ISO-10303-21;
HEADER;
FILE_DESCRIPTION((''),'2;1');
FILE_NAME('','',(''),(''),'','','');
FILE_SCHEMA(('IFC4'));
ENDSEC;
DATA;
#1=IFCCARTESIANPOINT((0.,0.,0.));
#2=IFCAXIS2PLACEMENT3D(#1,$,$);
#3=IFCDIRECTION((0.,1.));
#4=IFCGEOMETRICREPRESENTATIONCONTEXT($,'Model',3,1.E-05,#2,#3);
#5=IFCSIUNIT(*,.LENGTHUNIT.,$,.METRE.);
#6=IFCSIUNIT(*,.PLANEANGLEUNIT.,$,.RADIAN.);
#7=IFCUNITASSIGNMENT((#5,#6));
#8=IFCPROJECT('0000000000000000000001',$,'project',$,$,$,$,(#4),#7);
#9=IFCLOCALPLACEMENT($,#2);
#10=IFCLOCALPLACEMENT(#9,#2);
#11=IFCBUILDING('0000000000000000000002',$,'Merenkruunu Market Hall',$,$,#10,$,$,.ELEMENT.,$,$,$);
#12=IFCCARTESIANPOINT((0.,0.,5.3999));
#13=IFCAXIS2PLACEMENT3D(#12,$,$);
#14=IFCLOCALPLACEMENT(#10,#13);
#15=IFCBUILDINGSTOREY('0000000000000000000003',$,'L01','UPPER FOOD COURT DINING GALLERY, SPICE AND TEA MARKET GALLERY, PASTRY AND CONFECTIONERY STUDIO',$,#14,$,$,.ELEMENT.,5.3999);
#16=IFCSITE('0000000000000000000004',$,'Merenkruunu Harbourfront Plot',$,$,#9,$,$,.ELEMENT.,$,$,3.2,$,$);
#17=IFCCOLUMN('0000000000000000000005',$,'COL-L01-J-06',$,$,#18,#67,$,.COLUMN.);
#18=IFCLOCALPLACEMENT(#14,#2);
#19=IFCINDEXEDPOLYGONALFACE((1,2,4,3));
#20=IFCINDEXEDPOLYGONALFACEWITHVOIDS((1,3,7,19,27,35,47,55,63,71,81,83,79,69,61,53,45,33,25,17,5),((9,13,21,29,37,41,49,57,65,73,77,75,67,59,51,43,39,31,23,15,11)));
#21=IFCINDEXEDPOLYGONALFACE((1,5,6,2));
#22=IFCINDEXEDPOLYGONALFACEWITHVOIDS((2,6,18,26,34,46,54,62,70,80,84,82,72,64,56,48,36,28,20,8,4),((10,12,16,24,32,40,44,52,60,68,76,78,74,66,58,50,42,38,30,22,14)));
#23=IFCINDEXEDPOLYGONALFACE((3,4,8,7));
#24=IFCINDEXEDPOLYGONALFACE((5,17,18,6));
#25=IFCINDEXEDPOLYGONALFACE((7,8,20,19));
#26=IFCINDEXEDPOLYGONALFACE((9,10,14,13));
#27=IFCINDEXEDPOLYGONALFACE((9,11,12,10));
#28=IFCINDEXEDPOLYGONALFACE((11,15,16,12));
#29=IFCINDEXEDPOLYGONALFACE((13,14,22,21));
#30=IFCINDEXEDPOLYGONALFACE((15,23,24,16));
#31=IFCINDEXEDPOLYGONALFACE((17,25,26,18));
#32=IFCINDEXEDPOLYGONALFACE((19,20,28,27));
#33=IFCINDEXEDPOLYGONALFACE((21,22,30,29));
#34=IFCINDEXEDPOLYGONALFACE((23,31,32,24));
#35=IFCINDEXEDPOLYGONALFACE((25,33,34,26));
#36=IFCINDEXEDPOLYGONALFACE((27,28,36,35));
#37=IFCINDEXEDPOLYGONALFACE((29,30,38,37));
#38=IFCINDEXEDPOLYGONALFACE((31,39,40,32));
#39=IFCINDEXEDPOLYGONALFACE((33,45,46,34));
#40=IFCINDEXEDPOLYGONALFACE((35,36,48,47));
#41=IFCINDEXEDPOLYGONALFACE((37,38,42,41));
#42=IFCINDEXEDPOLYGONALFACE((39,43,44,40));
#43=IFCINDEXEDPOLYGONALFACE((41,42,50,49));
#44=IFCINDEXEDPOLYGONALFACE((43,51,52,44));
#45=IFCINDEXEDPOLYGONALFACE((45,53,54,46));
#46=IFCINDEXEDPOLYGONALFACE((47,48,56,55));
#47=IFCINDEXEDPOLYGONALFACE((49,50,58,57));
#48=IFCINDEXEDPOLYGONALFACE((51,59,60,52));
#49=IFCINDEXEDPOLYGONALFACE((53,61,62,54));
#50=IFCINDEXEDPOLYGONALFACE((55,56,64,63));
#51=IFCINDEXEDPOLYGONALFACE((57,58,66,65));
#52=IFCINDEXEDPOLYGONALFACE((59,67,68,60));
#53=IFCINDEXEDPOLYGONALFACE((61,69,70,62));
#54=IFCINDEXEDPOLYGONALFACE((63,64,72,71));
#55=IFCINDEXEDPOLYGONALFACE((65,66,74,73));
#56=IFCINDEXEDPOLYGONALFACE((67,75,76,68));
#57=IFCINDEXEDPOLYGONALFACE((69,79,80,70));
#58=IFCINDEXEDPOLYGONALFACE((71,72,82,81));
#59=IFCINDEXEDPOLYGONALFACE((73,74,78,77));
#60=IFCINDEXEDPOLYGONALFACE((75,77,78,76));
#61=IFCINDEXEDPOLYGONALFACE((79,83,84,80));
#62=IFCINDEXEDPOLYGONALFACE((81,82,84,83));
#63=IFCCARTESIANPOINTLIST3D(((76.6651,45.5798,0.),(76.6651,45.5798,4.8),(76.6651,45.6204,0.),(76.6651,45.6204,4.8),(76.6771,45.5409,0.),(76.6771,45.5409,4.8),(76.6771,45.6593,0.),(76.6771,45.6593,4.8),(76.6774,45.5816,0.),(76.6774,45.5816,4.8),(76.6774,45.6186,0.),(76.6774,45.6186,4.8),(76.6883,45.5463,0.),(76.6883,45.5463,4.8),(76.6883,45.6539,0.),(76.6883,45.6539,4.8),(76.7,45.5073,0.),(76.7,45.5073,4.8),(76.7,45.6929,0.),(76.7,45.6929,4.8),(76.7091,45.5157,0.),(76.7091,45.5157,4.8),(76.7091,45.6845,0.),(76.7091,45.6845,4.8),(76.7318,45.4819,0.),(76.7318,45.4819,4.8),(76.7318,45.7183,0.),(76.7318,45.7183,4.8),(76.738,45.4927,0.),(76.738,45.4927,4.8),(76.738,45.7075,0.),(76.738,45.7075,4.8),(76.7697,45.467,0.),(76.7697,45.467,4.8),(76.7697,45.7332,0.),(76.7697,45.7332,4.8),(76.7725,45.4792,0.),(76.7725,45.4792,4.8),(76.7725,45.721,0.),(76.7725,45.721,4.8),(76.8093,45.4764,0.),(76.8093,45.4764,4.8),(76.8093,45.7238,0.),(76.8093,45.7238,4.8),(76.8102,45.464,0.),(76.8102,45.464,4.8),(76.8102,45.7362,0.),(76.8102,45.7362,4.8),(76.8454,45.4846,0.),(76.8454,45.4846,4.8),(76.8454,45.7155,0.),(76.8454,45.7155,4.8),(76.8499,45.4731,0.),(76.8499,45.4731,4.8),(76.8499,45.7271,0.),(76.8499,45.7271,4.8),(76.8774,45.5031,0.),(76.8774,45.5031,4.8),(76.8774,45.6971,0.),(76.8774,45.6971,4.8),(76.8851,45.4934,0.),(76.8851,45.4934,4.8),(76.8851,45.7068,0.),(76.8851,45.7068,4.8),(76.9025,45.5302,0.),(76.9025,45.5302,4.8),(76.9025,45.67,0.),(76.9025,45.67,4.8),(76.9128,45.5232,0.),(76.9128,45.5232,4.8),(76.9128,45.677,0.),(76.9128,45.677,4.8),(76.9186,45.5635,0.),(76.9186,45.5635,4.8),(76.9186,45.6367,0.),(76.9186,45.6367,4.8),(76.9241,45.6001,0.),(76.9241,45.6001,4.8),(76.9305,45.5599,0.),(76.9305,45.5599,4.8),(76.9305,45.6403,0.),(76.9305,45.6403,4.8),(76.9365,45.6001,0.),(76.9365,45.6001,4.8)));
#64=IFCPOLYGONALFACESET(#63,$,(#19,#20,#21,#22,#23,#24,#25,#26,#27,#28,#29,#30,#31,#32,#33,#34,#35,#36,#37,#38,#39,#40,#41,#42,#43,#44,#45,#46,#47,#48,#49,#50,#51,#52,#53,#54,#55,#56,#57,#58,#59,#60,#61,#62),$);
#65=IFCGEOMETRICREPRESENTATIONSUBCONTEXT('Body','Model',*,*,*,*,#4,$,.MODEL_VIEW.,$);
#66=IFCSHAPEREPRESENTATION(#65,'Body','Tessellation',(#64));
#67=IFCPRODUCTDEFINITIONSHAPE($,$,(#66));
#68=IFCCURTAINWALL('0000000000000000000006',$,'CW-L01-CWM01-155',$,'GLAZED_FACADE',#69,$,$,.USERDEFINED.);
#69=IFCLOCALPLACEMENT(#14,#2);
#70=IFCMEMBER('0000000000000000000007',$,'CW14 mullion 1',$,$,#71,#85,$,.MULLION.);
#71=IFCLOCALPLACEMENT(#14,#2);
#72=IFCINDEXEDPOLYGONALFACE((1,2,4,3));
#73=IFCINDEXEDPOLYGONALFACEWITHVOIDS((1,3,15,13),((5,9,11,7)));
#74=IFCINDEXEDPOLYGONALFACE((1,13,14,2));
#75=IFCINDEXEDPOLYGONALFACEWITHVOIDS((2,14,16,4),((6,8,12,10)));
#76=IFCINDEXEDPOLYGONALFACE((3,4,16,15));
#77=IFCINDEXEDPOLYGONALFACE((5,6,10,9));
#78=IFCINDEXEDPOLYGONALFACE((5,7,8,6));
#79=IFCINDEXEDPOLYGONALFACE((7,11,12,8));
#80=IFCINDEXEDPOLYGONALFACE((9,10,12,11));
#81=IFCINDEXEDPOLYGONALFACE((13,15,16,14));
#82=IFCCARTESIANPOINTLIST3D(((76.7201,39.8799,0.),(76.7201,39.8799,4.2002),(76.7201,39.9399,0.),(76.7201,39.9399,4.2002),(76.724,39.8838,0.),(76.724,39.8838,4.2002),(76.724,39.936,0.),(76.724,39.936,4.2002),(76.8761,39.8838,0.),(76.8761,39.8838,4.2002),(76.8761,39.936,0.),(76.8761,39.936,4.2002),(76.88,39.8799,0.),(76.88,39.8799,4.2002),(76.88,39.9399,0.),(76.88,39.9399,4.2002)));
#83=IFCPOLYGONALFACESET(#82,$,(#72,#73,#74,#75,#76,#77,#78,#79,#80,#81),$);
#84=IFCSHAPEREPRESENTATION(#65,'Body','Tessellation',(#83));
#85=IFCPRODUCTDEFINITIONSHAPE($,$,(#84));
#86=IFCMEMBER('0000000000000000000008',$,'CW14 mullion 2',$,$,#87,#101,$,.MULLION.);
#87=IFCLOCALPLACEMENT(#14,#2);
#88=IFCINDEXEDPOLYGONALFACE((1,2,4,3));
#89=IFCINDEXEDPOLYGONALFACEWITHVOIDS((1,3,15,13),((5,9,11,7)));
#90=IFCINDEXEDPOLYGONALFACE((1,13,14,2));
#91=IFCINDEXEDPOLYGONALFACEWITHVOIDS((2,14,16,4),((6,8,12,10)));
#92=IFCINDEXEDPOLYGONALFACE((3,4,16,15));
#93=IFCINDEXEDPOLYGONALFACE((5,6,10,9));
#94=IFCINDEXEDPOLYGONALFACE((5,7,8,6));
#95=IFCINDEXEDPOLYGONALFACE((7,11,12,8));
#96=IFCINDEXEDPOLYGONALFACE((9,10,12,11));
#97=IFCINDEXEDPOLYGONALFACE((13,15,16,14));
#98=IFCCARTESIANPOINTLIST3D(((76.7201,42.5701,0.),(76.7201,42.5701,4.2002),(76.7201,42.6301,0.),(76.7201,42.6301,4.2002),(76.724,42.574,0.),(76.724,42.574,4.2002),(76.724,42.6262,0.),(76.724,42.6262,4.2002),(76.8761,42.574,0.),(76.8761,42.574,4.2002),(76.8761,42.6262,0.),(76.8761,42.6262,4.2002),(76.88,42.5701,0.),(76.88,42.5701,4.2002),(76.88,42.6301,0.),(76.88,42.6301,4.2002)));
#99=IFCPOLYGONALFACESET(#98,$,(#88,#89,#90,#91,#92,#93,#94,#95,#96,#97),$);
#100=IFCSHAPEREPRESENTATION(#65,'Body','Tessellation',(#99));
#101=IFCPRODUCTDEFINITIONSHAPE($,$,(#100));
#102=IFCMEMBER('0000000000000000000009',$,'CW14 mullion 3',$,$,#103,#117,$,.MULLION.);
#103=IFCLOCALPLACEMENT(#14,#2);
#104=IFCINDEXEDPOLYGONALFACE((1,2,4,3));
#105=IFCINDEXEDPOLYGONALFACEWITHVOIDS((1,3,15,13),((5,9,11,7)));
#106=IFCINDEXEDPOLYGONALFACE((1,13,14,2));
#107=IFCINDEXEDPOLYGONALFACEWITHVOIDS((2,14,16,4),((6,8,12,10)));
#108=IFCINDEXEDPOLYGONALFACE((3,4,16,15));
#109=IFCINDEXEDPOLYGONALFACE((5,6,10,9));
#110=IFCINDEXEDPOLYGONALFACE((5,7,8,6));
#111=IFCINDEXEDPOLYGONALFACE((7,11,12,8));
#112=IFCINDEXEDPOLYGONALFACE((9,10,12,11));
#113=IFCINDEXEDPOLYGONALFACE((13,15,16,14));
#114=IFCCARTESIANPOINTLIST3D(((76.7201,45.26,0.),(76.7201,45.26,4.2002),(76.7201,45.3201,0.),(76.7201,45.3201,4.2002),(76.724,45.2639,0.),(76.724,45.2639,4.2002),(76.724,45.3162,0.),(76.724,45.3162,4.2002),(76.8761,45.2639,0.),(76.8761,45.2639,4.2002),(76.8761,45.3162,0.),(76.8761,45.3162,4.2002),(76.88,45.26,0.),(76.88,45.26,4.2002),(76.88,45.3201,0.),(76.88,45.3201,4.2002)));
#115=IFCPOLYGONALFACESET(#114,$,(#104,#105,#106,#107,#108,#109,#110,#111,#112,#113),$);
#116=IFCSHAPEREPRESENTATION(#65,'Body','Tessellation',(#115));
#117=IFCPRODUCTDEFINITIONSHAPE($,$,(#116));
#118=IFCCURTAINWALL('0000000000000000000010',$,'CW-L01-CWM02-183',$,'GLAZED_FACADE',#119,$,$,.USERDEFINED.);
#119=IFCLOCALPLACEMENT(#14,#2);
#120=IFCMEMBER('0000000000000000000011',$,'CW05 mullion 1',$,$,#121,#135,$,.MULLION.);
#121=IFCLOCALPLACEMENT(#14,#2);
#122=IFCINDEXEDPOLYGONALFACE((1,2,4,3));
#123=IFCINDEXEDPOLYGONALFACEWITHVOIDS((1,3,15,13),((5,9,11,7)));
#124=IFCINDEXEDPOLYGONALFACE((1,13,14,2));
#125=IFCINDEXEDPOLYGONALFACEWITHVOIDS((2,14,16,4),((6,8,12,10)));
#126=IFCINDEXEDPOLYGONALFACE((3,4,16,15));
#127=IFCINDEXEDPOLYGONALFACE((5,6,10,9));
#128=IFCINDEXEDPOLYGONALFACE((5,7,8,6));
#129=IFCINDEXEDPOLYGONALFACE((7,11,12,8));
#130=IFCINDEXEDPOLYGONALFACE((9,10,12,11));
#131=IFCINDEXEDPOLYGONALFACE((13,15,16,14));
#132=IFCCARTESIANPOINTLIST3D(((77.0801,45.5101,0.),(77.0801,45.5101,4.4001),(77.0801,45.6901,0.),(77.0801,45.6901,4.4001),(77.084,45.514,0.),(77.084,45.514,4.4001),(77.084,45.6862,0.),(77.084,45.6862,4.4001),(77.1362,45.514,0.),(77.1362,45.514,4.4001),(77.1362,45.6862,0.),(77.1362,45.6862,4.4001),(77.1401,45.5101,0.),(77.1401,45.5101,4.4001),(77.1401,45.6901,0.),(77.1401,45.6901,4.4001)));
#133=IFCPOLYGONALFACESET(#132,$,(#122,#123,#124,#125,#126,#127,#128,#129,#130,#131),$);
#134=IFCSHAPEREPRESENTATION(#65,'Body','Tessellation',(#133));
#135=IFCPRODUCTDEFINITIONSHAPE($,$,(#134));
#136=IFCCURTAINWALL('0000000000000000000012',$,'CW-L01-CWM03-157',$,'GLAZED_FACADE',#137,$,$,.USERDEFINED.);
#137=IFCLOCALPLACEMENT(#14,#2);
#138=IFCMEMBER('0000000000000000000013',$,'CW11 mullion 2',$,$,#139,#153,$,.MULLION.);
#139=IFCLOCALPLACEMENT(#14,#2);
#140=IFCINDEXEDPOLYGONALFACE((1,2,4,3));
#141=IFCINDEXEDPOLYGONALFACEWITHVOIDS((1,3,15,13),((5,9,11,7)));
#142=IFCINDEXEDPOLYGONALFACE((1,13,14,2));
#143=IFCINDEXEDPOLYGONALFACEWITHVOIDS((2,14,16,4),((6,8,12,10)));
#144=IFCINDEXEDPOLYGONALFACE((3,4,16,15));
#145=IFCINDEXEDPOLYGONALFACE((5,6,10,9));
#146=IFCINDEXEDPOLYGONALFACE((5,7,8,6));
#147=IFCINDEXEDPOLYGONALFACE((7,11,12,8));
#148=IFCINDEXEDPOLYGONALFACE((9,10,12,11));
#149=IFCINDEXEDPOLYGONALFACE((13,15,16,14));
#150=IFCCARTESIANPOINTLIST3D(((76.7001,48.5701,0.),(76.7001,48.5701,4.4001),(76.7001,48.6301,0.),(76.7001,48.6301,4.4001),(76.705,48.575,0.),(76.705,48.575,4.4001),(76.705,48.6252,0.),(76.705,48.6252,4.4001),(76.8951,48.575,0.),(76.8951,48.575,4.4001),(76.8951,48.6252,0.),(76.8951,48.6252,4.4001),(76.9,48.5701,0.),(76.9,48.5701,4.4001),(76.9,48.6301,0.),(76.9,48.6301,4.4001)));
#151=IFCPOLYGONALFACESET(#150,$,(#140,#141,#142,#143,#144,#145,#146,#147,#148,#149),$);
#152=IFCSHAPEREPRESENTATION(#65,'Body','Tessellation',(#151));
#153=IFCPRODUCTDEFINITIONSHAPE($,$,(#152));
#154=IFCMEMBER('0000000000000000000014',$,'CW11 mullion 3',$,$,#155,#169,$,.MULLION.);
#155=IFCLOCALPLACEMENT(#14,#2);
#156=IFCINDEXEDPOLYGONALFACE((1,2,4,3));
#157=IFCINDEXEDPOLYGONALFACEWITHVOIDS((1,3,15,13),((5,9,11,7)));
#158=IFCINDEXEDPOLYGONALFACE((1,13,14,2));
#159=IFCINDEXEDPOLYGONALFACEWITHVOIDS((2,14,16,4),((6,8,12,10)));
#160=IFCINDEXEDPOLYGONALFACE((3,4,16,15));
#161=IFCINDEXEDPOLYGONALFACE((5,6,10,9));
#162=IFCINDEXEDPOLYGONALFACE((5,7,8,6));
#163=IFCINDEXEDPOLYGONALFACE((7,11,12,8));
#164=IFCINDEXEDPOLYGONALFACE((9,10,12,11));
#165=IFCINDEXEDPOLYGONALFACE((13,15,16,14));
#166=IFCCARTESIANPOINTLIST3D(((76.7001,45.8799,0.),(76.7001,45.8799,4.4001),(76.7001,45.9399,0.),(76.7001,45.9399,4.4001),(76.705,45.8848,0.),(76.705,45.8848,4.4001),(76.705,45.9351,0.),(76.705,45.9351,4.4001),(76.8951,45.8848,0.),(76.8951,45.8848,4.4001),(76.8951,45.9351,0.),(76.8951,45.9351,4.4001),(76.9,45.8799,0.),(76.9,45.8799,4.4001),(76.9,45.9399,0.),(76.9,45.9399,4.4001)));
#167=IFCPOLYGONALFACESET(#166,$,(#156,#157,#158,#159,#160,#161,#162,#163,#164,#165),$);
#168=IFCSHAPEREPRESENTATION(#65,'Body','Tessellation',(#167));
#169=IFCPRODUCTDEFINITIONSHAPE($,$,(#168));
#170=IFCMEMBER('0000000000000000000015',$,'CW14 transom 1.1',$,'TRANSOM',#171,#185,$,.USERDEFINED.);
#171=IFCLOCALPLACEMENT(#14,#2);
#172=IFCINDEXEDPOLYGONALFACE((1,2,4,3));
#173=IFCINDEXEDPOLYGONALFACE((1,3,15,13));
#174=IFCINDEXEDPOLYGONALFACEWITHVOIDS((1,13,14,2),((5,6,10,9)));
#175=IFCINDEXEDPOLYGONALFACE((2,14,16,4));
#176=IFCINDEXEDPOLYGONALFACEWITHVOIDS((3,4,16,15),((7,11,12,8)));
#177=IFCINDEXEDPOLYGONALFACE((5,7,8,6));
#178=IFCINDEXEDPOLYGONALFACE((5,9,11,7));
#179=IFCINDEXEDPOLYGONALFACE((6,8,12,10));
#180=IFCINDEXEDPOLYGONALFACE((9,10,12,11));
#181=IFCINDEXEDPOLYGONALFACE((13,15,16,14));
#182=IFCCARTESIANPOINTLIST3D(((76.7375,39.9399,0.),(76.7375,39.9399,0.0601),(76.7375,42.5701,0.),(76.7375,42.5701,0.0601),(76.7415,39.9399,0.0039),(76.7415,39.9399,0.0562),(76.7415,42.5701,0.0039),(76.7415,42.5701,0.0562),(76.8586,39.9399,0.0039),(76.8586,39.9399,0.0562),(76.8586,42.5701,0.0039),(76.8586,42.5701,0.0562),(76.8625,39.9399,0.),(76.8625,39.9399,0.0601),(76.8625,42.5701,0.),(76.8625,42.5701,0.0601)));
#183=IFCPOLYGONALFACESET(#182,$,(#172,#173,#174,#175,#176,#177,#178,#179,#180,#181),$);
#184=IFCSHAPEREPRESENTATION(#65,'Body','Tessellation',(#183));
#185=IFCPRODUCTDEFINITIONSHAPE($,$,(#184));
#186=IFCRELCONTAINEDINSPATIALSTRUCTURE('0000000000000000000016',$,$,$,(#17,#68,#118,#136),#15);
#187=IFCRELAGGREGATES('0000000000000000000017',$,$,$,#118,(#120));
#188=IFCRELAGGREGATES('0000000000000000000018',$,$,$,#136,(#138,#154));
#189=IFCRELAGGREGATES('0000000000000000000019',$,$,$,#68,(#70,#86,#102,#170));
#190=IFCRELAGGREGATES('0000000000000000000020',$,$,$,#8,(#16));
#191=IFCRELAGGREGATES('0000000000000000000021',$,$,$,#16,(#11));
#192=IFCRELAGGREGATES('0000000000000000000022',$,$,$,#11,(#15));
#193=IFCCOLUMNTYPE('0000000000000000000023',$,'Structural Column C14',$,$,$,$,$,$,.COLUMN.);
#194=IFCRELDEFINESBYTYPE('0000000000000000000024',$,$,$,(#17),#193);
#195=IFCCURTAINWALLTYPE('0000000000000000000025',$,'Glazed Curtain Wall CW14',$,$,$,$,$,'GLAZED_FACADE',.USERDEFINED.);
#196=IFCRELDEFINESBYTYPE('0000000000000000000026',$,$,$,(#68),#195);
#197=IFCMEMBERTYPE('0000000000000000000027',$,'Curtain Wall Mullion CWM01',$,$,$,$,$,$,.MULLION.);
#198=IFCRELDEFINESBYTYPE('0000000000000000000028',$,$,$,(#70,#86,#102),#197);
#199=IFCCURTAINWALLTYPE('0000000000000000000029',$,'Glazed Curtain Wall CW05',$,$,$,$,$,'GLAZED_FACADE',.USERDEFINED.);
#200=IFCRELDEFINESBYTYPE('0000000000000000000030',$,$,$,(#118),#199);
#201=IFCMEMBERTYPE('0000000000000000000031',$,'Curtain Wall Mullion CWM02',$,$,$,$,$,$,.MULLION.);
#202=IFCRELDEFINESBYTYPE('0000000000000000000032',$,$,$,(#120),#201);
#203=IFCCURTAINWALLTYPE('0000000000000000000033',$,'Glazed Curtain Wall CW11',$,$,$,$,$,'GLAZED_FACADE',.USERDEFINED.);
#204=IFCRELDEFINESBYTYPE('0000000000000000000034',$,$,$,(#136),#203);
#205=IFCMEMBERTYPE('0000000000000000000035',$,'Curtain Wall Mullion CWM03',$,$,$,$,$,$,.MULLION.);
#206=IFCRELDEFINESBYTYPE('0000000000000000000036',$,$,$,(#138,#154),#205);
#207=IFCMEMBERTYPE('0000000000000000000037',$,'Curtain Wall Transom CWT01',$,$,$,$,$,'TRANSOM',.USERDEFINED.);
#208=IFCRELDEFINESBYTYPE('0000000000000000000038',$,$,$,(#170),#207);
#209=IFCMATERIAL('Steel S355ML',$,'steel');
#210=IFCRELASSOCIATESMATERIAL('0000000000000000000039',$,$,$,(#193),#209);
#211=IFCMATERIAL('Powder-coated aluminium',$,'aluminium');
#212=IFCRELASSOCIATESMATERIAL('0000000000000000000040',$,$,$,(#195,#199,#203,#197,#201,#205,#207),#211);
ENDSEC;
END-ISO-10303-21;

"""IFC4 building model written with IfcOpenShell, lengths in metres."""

from ifc_helpers import new_model, si_unit, direction, frame, origin, origin_2d, place, context, subcontext, project, spatial, hollow_rectangle, hollow_circle, extrude, material, material_profile, profile_set, type_object, element, aggregate, save


model = new_model("IFC4")

# Units and contexts
model_context = context("Model", 3, precision=1e-05, world=origin(), true_north=direction((0.0, 1.0)))
body_context = subcontext(model_context, "Body", "Model", "MODEL_VIEW")
ifc_project = project(units=[si_unit("LENGTHUNIT", "METRE"), si_unit("PLANEANGLEUNIT", "RADIAN")], contexts=[model_context])

# Site, building, storey
site_placement = place(None, origin())
site = spatial("IfcSite", under=ifc_project, at=site_placement, Name="Merenkruunu Harbourfront Plot", CompositionType="ELEMENT", RefElevation=3.2)
building_placement = place(site_placement, origin())
building = spatial("IfcBuilding", under=site, at=building_placement, Name="Merenkruunu Market Hall", CompositionType="ELEMENT")
storey_placement = place(building_placement, frame((0.0, 0.0, 5.3999)))
storey = spatial("IfcBuildingStorey", under=building, at=storey_placement, Name="L01", Description="UPPER FOOD COURT DINING GALLERY, SPICE AND TEA MARKET GALLERY, PASTRY AND CONFECTIONERY STUDIO", CompositionType="ELEMENT", Elevation=5.3999)

# Column
ifc_material_1 = material(Name="Steel S355ML", Category="steel")
ifc_material_profile_1 = material_profile(ifc_material_1, hollow_circle(Radius=0.1365, WallThickness=0.0125, at=origin_2d()), Name="CHS 273x12.5")
ifc_profile_set_1 = profile_set([ifc_material_profile_1], Name="Steel S355ML")
column_type = type_object("IfcColumnType", Name="Structural Column C14", PredefinedType="COLUMN", material=ifc_profile_set_1)
column_placement = place(storey_placement, frame((76.8, 45.6001, 0.0), z_axis=(0.0, 0.0, 1.0), x_axis=(1.0, 0.0, 0.0)))
element("IfcColumn", 1, at=column_placement, inside=storey, type_object=column_type, Name="COL-L01-J-06", PredefinedType="COLUMN", context=body_context, shape_type="SweptSolid", body=[
    extrude(hollow_circle(Radius=0.1365, WallThickness=0.0125, at=origin_2d()), origin(), (0.0, 0.0, 1.0), 4.8),
])

# Curtain wall, members
ifc_material_2 = material(Name="Powder-coated aluminium", Category="aluminium")
curtain_wall_type_1 = type_object("IfcCurtainWallType", Name="Glazed Curtain Wall CW14", ElementType="GLAZED_FACADE", PredefinedType="USERDEFINED", material=ifc_material_2)
curtain_wall_1_placement = place(storey_placement, origin())
curtain_wall_1 = element("IfcCurtainWall", 2, at=curtain_wall_1_placement, inside=storey, type_object=curtain_wall_type_1, Name="CW-L01-CWM01-155", ObjectType="GLAZED_FACADE", PredefinedType="USERDEFINED")
ifc_material_profile_2 = material_profile(ifc_material_2, hollow_rectangle(XDim=0.0601, YDim=0.1599, WallThickness=0.0039, at=origin_2d()), Name="ALU 60x160x4")
ifc_profile_set_2 = profile_set([ifc_material_profile_2], Name="Powder-coated aluminium")
member_type_1 = type_object("IfcMemberType", Name="Curtain Wall Mullion CWM01", PredefinedType="MULLION", material=ifc_profile_set_2)
member_1_placement = place(storey_placement, frame((76.8, 39.9099, 0.0), z_axis=(0.0, 0.0, 1.0), x_axis=(0.0, 1.0, 0.0)))
member_1 = element("IfcMember", 3, at=member_1_placement, type_object=member_type_1, Name="CW14 mullion 1", PredefinedType="MULLION", context=body_context, shape_type="SweptSolid", body=[
    extrude(hollow_rectangle(XDim=0.0601, YDim=0.1599, WallThickness=0.0039, at=origin_2d()), origin(), (0.0, 0.0, 1.0), 4.2002),
])
member_2_placement = place(storey_placement, frame((76.8, 42.6001, 0.0), z_axis=(0.0, 0.0, 1.0), x_axis=(0.0, 1.0, 0.0)))
member_2 = element("IfcMember", 4, at=member_2_placement, type_object=member_type_1, Name="CW14 mullion 2", PredefinedType="MULLION", context=body_context, shape_type="SweptSolid", body=[
    extrude(hollow_rectangle(XDim=0.0601, YDim=0.1599, WallThickness=0.0039, at=origin_2d()), origin(), (0.0, 0.0, 1.0), 4.2002),
])
member_3_placement = place(storey_placement, frame((76.8, 45.29, 0.0), z_axis=(0.0, 0.0, 1.0), x_axis=(0.0, 1.0, 0.0)))
member_3 = element("IfcMember", 5, at=member_3_placement, type_object=member_type_1, Name="CW14 mullion 3", PredefinedType="MULLION", context=body_context, shape_type="SweptSolid", body=[
    extrude(hollow_rectangle(XDim=0.0601, YDim=0.1599, WallThickness=0.0039, at=origin_2d()), origin(), (0.0, 0.0, 1.0), 4.2002),
])

# Curtain wall, member
curtain_wall_type_2 = type_object("IfcCurtainWallType", Name="Glazed Curtain Wall CW05", ElementType="GLAZED_FACADE", PredefinedType="USERDEFINED", material=ifc_material_2)
curtain_wall_2_placement = place(storey_placement, origin())
curtain_wall_2 = element("IfcCurtainWall", 6, at=curtain_wall_2_placement, inside=storey, type_object=curtain_wall_type_2, Name="CW-L01-CWM02-183", ObjectType="GLAZED_FACADE", PredefinedType="USERDEFINED")
ifc_material_profile_3 = material_profile(ifc_material_2, hollow_rectangle(XDim=0.0601, YDim=0.1799, WallThickness=0.0039, at=origin_2d()), Name="ALU 60x180x4")
ifc_profile_set_3 = profile_set([ifc_material_profile_3], Name="Powder-coated aluminium")
member_type_2 = type_object("IfcMemberType", Name="Curtain Wall Mullion CWM02", PredefinedType="MULLION", material=ifc_profile_set_3)
member_4_placement = place(storey_placement, frame((77.1101, 45.6001, 0.0), z_axis=(0.0, 0.0, 1.0), x_axis=(1.0, 0.0, 0.0)))
member_4 = element("IfcMember", 7, at=member_4_placement, type_object=member_type_2, Name="CW05 mullion 1", PredefinedType="MULLION", context=body_context, shape_type="SweptSolid", body=[
    extrude(hollow_rectangle(XDim=0.0601, YDim=0.1799, WallThickness=0.0039, at=origin_2d()), origin(), (0.0, 0.0, 1.0), 4.4001),
])

# Curtain wall, members
curtain_wall_type_3 = type_object("IfcCurtainWallType", Name="Glazed Curtain Wall CW11", ElementType="GLAZED_FACADE", PredefinedType="USERDEFINED", material=ifc_material_2)
curtain_wall_3_placement = place(storey_placement, origin())
curtain_wall_3 = element("IfcCurtainWall", 8, at=curtain_wall_3_placement, inside=storey, type_object=curtain_wall_type_3, Name="CW-L01-CWM03-157", ObjectType="GLAZED_FACADE", PredefinedType="USERDEFINED")
ifc_material_profile_4 = material_profile(ifc_material_2, hollow_rectangle(XDim=0.0601, YDim=0.2, WallThickness=0.0049, at=origin_2d()), Name="ALU 60x200x5")
ifc_profile_set_4 = profile_set([ifc_material_profile_4], Name="Powder-coated aluminium")
member_type_3 = type_object("IfcMemberType", Name="Curtain Wall Mullion CWM03", PredefinedType="MULLION", material=ifc_profile_set_4)
member_5_placement = place(storey_placement, frame((76.8, 48.6001, 0.0), z_axis=(0.0, 0.0, 1.0), x_axis=(0.0, -1.0, 0.0)))
member_5 = element("IfcMember", 9, at=member_5_placement, type_object=member_type_3, Name="CW11 mullion 2", PredefinedType="MULLION", context=body_context, shape_type="SweptSolid", body=[
    extrude(hollow_rectangle(XDim=0.0601, YDim=0.2, WallThickness=0.0049, at=origin_2d()), origin(), (0.0, 0.0, 1.0), 4.4001),
])
member_6_placement = place(storey_placement, frame((76.8, 45.9099, 0.0), z_axis=(0.0, 0.0, 1.0), x_axis=(0.0, -1.0, 0.0)))
member_6 = element("IfcMember", 10, at=member_6_placement, type_object=member_type_3, Name="CW11 mullion 3", PredefinedType="MULLION", context=body_context, shape_type="SweptSolid", body=[
    extrude(hollow_rectangle(XDim=0.0601, YDim=0.2, WallThickness=0.0049, at=origin_2d()), origin(), (0.0, 0.0, 1.0), 4.4001),
])

# Member
ifc_material_profile_5 = material_profile(ifc_material_2, hollow_rectangle(XDim=0.0601, YDim=0.125, WallThickness=0.0039, at=origin_2d()), Name="ALU 60x125x4")
ifc_profile_set_5 = profile_set([ifc_material_profile_5], Name="Powder-coated aluminium")
member_type_4 = type_object("IfcMemberType", Name="Curtain Wall Transom CWT01", ElementType="TRANSOM", PredefinedType="USERDEFINED", material=ifc_profile_set_5)
member_7_placement = place(storey_placement, frame((76.8, 39.9399, 0.03), z_axis=(0.0, 1.0, 0.0), x_axis=(0.0, 0.0, 1.0)))
member_7 = element("IfcMember", 11, at=member_7_placement, type_object=member_type_4, Name="CW14 transom 1.1", ObjectType="TRANSOM", PredefinedType="USERDEFINED", context=body_context, shape_type="SweptSolid", body=[
    extrude(hollow_rectangle(XDim=0.0601, YDim=0.125, WallThickness=0.0039, at=origin_2d()), origin(), (0.0, 0.0, 1.0), 2.6301),
])
aggregate(curtain_wall_2, [member_4])

aggregate(curtain_wall_3, [member_5, member_6])
aggregate(curtain_wall_1, [member_1, member_2, member_3, member_7])

save(model, "model.ifc")
